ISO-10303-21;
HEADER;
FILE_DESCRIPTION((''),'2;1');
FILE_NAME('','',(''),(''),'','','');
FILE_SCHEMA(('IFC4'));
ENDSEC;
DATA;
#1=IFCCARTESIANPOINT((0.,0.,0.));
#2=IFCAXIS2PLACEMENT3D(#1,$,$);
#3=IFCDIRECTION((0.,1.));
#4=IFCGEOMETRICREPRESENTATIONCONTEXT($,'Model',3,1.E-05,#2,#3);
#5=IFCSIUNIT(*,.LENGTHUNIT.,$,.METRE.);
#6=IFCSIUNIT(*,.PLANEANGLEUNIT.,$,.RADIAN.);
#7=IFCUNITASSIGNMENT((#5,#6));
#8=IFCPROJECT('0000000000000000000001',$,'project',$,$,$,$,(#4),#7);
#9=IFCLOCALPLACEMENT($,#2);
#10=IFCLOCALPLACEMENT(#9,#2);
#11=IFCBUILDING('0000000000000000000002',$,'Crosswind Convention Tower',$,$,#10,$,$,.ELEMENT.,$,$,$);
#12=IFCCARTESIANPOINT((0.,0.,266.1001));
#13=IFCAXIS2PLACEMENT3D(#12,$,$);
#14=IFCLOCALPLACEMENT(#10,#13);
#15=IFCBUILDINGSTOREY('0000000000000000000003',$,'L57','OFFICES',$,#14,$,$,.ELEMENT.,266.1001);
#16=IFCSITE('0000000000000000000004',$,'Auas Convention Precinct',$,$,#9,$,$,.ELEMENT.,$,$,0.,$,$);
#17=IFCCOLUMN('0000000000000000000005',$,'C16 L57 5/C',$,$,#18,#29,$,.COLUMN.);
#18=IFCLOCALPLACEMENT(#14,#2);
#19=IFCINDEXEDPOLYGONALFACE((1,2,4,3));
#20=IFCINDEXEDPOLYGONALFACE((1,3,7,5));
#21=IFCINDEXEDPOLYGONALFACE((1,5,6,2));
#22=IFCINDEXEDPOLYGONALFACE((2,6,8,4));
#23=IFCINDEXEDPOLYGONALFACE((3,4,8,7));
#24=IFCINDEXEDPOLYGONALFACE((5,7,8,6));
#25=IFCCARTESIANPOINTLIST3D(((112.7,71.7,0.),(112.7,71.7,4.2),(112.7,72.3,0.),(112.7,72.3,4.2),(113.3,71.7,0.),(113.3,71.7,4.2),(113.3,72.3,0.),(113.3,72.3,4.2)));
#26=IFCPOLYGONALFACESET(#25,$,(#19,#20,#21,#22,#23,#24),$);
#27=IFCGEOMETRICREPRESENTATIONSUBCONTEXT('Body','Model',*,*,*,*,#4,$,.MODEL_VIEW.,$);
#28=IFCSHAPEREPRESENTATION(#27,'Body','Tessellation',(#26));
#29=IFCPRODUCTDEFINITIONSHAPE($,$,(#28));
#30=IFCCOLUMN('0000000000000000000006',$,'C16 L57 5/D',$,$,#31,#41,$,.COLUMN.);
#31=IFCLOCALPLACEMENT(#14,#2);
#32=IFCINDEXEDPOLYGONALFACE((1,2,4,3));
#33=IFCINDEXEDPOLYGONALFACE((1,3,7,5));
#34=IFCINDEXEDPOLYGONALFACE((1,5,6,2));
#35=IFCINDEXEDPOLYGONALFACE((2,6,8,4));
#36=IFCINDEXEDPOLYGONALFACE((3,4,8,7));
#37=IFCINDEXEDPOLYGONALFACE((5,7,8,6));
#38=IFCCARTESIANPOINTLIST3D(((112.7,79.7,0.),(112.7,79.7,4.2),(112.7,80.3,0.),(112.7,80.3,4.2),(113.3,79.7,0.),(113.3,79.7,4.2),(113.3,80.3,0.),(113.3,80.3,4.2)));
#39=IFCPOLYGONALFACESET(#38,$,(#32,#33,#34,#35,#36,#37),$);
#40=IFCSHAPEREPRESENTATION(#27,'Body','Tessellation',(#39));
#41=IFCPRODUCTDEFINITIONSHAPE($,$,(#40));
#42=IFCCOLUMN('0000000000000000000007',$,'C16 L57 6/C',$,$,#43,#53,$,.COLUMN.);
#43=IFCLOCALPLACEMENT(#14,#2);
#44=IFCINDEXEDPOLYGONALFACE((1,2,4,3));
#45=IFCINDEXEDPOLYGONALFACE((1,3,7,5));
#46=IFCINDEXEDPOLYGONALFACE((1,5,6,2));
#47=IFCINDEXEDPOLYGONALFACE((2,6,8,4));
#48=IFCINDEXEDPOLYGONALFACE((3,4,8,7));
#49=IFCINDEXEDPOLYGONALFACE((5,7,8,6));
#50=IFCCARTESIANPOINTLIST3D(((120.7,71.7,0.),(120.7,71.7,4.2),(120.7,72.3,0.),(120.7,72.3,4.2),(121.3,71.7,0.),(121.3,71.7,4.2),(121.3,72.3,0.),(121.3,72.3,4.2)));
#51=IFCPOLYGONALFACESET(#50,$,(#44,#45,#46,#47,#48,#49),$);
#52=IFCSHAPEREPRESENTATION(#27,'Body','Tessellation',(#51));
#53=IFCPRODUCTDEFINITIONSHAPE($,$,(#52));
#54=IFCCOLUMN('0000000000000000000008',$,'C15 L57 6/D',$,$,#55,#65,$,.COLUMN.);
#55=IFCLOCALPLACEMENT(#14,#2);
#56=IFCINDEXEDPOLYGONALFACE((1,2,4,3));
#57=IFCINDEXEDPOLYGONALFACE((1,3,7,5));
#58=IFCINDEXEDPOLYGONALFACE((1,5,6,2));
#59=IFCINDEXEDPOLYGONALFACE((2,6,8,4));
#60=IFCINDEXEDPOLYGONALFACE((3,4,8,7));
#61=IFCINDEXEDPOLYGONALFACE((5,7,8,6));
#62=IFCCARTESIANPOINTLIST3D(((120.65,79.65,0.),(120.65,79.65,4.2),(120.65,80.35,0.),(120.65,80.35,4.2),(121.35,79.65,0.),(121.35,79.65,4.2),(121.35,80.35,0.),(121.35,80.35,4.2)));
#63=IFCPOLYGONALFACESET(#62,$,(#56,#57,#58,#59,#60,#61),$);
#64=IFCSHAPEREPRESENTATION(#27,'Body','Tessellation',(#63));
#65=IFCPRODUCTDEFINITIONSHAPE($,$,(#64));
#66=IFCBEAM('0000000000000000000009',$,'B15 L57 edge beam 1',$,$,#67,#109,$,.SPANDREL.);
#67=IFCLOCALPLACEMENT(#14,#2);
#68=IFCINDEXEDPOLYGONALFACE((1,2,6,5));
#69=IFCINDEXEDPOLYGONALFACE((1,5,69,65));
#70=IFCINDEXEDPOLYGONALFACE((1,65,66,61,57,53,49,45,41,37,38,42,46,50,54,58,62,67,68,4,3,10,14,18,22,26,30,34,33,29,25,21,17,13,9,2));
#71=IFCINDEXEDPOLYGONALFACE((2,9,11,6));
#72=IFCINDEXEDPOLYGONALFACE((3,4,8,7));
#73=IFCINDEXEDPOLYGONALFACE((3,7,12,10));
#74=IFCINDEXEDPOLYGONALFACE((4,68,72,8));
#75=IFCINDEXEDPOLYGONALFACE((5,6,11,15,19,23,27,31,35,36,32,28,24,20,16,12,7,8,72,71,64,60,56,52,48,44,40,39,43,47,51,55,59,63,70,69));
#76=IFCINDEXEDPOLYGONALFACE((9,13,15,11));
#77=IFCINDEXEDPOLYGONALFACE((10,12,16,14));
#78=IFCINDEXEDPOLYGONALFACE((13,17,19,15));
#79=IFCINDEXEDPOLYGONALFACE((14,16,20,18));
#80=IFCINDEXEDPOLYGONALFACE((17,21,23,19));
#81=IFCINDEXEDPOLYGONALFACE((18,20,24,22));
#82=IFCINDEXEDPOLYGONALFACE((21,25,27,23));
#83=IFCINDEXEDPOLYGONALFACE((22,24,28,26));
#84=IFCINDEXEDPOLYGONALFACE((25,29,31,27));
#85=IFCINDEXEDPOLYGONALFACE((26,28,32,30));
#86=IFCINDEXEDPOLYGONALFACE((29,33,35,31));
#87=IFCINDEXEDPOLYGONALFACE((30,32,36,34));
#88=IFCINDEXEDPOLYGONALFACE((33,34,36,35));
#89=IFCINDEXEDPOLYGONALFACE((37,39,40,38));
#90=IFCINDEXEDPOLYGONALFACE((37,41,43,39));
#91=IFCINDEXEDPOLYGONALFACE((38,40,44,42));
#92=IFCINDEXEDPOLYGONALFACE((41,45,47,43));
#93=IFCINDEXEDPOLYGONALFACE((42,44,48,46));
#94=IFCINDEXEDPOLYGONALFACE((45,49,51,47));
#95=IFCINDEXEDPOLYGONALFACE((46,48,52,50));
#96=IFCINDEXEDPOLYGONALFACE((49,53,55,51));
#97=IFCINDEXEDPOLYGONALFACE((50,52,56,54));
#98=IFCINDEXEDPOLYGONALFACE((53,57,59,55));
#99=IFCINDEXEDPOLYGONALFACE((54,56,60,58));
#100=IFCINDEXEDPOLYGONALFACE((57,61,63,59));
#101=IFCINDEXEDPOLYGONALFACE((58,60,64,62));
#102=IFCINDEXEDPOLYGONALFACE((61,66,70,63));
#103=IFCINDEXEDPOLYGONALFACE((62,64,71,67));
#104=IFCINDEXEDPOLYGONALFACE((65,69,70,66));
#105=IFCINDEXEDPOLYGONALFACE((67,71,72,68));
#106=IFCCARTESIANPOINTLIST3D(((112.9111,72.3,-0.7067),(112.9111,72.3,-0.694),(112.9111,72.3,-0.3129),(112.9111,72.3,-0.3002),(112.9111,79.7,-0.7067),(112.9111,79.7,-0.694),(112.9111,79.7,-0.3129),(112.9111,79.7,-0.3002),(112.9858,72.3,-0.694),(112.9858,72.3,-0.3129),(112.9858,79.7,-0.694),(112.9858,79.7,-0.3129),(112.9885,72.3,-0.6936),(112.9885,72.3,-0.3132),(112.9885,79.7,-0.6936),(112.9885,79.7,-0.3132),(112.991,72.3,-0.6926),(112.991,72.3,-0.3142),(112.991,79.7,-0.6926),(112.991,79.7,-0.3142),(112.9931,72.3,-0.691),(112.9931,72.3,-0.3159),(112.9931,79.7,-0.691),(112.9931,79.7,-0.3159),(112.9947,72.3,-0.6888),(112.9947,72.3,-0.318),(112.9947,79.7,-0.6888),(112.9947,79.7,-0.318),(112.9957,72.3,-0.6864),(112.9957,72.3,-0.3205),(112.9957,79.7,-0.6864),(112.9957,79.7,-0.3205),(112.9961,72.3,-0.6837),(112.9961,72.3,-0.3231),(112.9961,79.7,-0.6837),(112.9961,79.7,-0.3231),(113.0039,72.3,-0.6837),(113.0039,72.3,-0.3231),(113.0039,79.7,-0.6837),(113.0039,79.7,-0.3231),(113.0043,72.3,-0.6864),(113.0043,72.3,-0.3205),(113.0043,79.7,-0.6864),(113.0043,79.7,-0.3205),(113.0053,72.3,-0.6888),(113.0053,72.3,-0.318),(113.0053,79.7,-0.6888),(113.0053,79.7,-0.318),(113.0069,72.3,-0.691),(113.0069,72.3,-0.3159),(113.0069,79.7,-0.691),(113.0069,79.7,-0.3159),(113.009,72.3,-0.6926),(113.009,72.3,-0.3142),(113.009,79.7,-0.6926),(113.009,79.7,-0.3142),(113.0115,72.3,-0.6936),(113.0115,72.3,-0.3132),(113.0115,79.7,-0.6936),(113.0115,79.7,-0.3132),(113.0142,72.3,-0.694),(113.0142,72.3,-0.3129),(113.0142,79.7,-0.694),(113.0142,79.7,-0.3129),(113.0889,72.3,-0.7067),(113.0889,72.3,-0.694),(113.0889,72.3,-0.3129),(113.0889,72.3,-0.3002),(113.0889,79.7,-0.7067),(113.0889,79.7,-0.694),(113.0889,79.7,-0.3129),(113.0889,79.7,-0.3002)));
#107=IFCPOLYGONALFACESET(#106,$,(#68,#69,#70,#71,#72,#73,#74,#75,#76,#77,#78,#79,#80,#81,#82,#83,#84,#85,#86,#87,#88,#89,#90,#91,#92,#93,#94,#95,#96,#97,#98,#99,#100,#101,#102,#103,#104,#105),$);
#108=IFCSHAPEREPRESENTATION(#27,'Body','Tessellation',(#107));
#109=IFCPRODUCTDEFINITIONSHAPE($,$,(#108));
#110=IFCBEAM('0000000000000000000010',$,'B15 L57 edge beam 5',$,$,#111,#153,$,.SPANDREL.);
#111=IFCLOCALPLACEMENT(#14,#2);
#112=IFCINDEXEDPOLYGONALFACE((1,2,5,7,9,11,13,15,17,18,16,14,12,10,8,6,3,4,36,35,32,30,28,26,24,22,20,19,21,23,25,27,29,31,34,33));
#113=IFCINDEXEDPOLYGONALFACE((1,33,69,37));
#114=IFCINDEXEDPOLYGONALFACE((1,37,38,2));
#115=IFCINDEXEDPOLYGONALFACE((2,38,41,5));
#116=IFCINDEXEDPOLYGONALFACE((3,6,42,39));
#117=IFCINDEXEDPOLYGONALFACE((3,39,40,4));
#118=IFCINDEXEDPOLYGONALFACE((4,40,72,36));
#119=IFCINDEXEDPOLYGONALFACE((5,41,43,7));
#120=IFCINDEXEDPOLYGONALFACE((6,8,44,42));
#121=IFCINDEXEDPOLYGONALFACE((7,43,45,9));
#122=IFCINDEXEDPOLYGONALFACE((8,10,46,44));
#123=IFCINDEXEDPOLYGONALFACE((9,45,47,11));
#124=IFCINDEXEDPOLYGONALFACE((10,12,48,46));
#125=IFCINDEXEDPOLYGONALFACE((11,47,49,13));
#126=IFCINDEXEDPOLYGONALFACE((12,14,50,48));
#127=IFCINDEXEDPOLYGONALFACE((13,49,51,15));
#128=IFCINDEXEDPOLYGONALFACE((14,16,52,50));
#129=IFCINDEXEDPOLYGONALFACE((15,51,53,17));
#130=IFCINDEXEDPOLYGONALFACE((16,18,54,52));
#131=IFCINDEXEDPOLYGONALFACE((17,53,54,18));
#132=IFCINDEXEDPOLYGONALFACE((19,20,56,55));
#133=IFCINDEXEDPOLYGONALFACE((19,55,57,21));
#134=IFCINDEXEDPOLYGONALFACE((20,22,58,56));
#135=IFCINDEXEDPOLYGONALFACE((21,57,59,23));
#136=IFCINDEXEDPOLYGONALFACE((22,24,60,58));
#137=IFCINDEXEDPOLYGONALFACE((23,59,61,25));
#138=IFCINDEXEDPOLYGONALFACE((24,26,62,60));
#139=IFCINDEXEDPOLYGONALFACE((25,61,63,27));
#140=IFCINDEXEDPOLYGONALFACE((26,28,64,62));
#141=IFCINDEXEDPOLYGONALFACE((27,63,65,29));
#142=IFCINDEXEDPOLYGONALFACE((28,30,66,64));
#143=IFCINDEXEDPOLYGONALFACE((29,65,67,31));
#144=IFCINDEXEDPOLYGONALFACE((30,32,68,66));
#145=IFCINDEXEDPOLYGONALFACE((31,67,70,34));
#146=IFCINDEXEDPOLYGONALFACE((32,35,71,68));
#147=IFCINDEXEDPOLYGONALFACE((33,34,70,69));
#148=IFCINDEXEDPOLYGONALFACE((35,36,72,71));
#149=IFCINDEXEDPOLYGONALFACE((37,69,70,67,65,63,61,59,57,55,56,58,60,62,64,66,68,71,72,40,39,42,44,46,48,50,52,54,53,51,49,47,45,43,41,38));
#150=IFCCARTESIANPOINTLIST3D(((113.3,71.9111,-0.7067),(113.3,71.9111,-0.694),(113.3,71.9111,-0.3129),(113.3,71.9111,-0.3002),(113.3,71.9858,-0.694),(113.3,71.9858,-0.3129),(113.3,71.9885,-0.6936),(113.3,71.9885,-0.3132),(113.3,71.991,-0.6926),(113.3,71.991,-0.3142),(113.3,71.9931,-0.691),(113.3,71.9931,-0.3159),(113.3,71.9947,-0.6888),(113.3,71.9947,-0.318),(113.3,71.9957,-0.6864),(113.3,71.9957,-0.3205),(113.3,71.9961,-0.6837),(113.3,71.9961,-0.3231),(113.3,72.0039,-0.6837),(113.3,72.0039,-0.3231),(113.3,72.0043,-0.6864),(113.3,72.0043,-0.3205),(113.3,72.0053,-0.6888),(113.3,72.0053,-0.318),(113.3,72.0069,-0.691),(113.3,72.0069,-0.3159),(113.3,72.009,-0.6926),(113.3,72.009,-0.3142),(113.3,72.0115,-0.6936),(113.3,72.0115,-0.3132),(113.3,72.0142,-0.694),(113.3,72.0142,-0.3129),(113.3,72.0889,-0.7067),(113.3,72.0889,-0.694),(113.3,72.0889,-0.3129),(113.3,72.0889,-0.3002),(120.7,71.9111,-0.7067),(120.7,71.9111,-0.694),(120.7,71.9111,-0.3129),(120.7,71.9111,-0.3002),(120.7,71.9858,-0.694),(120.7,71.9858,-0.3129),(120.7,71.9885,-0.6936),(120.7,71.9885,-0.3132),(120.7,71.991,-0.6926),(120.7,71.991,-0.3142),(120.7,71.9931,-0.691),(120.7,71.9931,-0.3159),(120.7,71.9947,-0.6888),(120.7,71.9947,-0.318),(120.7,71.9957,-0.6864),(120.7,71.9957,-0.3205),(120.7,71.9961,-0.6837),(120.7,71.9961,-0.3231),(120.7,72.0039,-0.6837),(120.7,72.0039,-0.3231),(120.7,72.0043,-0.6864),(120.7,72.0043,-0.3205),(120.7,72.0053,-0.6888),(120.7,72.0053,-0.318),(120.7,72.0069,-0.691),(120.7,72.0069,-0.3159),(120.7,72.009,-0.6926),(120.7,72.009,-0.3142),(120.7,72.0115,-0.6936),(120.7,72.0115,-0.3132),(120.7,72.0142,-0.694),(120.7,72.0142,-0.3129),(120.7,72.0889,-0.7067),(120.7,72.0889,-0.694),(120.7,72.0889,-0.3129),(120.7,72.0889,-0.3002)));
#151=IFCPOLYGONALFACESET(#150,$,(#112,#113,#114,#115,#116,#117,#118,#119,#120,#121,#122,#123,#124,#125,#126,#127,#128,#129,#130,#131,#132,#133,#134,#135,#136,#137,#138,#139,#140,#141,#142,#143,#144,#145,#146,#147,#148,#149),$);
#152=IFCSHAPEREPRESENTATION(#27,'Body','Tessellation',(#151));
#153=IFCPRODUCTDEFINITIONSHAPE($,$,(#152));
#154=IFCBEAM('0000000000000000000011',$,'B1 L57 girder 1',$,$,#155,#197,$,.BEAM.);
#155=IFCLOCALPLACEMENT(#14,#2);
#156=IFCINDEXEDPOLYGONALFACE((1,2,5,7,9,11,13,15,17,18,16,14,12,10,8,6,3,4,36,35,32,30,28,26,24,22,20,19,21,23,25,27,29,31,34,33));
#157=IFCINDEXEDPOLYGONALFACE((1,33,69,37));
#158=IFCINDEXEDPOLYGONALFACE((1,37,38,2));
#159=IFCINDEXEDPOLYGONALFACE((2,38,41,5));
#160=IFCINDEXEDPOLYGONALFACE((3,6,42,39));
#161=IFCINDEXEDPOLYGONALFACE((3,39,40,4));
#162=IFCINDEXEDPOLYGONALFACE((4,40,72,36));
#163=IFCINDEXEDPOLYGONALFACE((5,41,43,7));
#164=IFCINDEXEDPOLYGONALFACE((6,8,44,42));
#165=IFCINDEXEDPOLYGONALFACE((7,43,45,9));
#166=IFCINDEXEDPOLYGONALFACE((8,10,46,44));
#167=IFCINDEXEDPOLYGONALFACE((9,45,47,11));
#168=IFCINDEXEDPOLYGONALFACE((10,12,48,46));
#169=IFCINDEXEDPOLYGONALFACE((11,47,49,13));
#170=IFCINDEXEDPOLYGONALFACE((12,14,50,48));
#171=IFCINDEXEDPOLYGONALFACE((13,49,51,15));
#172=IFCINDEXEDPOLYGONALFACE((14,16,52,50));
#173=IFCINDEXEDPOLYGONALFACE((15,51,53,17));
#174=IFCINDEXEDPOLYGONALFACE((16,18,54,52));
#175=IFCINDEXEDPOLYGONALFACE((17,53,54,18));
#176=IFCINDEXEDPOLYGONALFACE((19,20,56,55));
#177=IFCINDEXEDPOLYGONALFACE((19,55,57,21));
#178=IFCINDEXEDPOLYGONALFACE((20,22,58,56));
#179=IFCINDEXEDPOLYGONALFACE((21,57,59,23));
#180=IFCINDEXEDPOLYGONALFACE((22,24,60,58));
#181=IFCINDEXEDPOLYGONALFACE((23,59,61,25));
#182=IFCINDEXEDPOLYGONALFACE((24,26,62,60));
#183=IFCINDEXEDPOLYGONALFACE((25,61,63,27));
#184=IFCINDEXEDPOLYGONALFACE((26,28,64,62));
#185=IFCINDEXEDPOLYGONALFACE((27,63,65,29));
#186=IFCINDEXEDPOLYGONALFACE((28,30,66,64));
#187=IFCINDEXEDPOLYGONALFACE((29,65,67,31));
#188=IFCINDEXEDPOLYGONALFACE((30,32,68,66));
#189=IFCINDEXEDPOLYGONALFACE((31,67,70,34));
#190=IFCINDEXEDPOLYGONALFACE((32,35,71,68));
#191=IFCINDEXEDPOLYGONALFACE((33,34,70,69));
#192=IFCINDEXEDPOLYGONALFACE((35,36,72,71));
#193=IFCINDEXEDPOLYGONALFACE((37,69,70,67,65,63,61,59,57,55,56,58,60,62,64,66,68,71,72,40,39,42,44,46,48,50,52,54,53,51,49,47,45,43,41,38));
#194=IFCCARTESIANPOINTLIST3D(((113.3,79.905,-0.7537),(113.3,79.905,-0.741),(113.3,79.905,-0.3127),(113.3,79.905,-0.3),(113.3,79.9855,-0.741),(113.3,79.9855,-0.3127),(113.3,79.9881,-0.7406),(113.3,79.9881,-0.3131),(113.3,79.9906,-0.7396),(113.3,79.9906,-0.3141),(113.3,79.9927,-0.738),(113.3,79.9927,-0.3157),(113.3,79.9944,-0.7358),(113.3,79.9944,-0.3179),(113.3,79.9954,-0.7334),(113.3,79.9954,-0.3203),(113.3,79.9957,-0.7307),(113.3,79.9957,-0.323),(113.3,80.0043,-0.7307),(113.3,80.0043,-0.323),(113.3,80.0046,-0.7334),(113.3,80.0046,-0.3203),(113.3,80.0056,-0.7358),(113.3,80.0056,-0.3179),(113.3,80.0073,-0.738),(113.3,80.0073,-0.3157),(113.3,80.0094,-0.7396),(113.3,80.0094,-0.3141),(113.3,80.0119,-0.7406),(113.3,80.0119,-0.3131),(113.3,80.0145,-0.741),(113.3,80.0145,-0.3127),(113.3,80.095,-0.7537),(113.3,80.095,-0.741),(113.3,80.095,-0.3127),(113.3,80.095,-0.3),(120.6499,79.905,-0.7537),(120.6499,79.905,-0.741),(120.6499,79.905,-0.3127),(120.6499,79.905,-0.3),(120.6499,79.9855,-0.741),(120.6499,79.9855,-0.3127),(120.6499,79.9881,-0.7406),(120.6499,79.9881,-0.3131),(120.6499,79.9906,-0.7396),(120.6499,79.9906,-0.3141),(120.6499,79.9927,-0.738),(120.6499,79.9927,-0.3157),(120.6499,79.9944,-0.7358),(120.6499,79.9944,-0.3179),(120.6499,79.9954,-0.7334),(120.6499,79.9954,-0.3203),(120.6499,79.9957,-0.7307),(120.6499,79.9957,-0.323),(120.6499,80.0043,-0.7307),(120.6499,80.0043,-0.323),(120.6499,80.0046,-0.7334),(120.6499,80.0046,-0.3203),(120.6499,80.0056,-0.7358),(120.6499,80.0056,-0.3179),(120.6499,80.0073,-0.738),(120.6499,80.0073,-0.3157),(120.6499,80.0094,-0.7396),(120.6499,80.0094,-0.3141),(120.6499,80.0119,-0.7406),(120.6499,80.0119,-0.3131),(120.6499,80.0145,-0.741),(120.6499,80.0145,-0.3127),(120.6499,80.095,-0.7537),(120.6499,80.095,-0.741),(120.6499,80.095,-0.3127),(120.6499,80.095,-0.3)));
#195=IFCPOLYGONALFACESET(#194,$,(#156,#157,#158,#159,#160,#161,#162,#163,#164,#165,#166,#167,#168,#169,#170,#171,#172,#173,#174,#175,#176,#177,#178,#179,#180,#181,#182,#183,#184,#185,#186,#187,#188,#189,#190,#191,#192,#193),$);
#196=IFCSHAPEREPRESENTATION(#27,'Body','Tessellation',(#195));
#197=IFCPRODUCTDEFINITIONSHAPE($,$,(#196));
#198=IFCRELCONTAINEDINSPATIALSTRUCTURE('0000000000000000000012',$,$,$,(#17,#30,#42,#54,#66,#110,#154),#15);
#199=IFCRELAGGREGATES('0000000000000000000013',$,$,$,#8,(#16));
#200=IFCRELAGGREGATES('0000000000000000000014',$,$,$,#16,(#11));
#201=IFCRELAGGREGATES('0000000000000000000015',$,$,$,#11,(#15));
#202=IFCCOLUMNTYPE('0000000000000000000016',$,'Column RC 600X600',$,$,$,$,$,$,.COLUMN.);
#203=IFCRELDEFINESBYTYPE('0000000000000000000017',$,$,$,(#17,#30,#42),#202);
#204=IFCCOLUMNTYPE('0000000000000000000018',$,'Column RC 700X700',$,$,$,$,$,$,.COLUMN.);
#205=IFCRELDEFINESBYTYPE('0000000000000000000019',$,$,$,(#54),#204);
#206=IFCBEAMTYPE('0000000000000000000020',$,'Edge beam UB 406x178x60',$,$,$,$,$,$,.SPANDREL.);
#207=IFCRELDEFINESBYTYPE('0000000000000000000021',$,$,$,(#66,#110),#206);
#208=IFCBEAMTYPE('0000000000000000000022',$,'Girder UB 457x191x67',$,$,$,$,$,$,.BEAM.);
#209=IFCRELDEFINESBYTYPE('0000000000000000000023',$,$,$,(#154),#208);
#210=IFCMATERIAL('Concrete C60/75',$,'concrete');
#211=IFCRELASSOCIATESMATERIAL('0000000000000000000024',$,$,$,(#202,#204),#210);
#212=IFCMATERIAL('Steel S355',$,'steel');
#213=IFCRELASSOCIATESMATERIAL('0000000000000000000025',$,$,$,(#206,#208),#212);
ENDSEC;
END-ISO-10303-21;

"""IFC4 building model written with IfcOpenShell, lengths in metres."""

from ifc_helpers import new_model, si_unit, direction, frame, origin, origin_2d, place, context, subcontext, project, spatial, rectangle, i_section, extrude, material, material_profile, profile_set, type_object, element, save


model = new_model("IFC4")

# Units and contexts
model_context = context("Model", 3, precision=1e-05, world=origin(), true_north=direction((0.0, 1.0)))
body_context = subcontext(model_context, "Body", "Model", "MODEL_VIEW")
ifc_project = project(units=[si_unit("LENGTHUNIT", "METRE"), si_unit("PLANEANGLEUNIT", "RADIAN")], contexts=[model_context])

# Site, building, storey
site_placement = place(None, origin())
site = spatial("IfcSite", under=ifc_project, at=site_placement, Name="Auas Convention Precinct", CompositionType="ELEMENT", RefElevation=0.0)
building_placement = place(site_placement, origin())
building = spatial("IfcBuilding", under=site, at=building_placement, Name="Crosswind Convention Tower", CompositionType="ELEMENT")
storey_placement = place(building_placement, frame((0.0, 0.0, 266.1001)))
storey = spatial("IfcBuildingStorey", under=building, at=storey_placement, Name="L57", Description="OFFICES", CompositionType="ELEMENT", Elevation=266.1001)

# Columns
ifc_material_1 = material(Name="Concrete C60/75", Category="concrete")
ifc_material_profile_1 = material_profile(ifc_material_1, rectangle(XDim=0.6001, YDim=0.6001, at=origin_2d()), Name="RC 600X600")
ifc_profile_set_1 = profile_set([ifc_material_profile_1], Name="Concrete C60/75")
column_type_1 = type_object("IfcColumnType", Name="Column RC 600X600", PredefinedType="COLUMN", material=ifc_profile_set_1)
for number, where, z_axis, x_axis, name in (
    (1, (113.0, 72.0, 0.0), (0.0, 0.0, 1.0), (1.0, 0.0, 0.0), "C16 L57 5/C"),
    (2, (113.0, 80.0, 0.0), (0.0, 0.0, 1.0), (1.0, 0.0, 0.0), "C16 L57 5/D"),
    (3, (121.0, 72.0, 0.0), (0.0, 0.0, 1.0), (1.0, 0.0, 0.0), "C16 L57 6/C"),
):
    element("IfcColumn", number, at=place(storey_placement, frame(where, z_axis=z_axis, x_axis=x_axis)), inside=storey, type_object=column_type_1, Name=name, PredefinedType="COLUMN", context=body_context, shape_type="SweptSolid", body=[
        extrude(rectangle(XDim=0.6001, YDim=0.6001, at=origin_2d()), origin(), (0.0, 0.0, 1.0), 4.2),
    ])
ifc_material_profile_2 = material_profile(ifc_material_1, rectangle(XDim=0.7, YDim=0.7, at=origin_2d()), Name="RC 700X700")
ifc_profile_set_2 = profile_set([ifc_material_profile_2], Name="Concrete C60/75")
column_type_2 = type_object("IfcColumnType", Name="Column RC 700X700", PredefinedType="COLUMN", material=ifc_profile_set_2)
column_placement = place(storey_placement, frame((121.0, 80.0, 0.0), z_axis=(0.0, 0.0, 1.0), x_axis=(1.0, 0.0, 0.0)))
element("IfcColumn", 4, at=column_placement, inside=storey, type_object=column_type_2, Name="C15 L57 6/D", PredefinedType="COLUMN", context=body_context, shape_type="SweptSolid", body=[
    extrude(rectangle(XDim=0.7, YDim=0.7, at=origin_2d()), origin(), (0.0, 0.0, 1.0), 4.2),
])

# Beams
ifc_material_2 = material(Name="Steel S355", Category="steel")
ifc_material_profile_3 = material_profile(ifc_material_2, i_section(OverallWidth=0.1777, OverallDepth=0.4065, WebThickness=0.0078, FlangeThickness=0.0127, FilletRadius=0.0103, at=origin_2d()), Name="UB 406x178x60")
ifc_profile_set_3 = profile_set([ifc_material_profile_3], Name="Steel S355")
beam_type_1 = type_object("IfcBeamType", Name="Edge beam UB 406x178x60", PredefinedType="SPANDREL", material=ifc_profile_set_3)
for number, where, z_axis, x_axis, name in (
    (5, (113.0, 72.3, -0.5034), (0.0, 1.0, 0.0), (-1.0, 0.0, 0.0), "B15 L57 edge beam 1"),
    (6, (113.3, 72.0, -0.5034), (1.0, 0.0, 0.0), (0.0, 1.0, 0.0), "B15 L57 edge beam 5"),
):
    element("IfcBeam", number, at=place(storey_placement, frame(where, z_axis=z_axis, x_axis=x_axis)), inside=storey, type_object=beam_type_1, Name=name, PredefinedType="SPANDREL", context=body_context, shape_type="SweptSolid", body=[
        extrude(i_section(OverallWidth=0.1777, OverallDepth=0.4065, WebThickness=0.0078, FlangeThickness=0.0127, FilletRadius=0.0103, at=origin_2d()), origin(), (0.0, 0.0, 1.0), 7.3999),
    ])
ifc_material_profile_4 = material_profile(ifc_material_2, i_section(OverallWidth=0.1899, OverallDepth=0.4536, WebThickness=0.0085, FlangeThickness=0.0127, FilletRadius=0.0103, at=origin_2d()), Name="UB 457x191x67")
ifc_profile_set_4 = profile_set([ifc_material_profile_4], Name="Steel S355")
beam_type_2 = type_object("IfcBeamType", Name="Girder UB 457x191x67", PredefinedType="BEAM", material=ifc_profile_set_4)
for number, where, z_axis, x_axis, name in (
    (7, (113.3, 80.0, -0.5269), (1.0, 0.0, 0.0), (0.0, 1.0, 0.0), "B1 L57 girder 1"),
):
    element("IfcBeam", number, at=place(storey_placement, frame(where, z_axis=z_axis, x_axis=x_axis)), inside=storey, type_object=beam_type_2, Name=name, PredefinedType="BEAM", context=body_context, shape_type="SweptSolid", body=[
        extrude(i_section(OverallWidth=0.1899, OverallDepth=0.4536, WebThickness=0.0085, FlangeThickness=0.0127, FilletRadius=0.0103, at=origin_2d()), origin(), (0.0, 0.0, 1.0), 7.3499),
    ])

save(model, "model.ifc")
